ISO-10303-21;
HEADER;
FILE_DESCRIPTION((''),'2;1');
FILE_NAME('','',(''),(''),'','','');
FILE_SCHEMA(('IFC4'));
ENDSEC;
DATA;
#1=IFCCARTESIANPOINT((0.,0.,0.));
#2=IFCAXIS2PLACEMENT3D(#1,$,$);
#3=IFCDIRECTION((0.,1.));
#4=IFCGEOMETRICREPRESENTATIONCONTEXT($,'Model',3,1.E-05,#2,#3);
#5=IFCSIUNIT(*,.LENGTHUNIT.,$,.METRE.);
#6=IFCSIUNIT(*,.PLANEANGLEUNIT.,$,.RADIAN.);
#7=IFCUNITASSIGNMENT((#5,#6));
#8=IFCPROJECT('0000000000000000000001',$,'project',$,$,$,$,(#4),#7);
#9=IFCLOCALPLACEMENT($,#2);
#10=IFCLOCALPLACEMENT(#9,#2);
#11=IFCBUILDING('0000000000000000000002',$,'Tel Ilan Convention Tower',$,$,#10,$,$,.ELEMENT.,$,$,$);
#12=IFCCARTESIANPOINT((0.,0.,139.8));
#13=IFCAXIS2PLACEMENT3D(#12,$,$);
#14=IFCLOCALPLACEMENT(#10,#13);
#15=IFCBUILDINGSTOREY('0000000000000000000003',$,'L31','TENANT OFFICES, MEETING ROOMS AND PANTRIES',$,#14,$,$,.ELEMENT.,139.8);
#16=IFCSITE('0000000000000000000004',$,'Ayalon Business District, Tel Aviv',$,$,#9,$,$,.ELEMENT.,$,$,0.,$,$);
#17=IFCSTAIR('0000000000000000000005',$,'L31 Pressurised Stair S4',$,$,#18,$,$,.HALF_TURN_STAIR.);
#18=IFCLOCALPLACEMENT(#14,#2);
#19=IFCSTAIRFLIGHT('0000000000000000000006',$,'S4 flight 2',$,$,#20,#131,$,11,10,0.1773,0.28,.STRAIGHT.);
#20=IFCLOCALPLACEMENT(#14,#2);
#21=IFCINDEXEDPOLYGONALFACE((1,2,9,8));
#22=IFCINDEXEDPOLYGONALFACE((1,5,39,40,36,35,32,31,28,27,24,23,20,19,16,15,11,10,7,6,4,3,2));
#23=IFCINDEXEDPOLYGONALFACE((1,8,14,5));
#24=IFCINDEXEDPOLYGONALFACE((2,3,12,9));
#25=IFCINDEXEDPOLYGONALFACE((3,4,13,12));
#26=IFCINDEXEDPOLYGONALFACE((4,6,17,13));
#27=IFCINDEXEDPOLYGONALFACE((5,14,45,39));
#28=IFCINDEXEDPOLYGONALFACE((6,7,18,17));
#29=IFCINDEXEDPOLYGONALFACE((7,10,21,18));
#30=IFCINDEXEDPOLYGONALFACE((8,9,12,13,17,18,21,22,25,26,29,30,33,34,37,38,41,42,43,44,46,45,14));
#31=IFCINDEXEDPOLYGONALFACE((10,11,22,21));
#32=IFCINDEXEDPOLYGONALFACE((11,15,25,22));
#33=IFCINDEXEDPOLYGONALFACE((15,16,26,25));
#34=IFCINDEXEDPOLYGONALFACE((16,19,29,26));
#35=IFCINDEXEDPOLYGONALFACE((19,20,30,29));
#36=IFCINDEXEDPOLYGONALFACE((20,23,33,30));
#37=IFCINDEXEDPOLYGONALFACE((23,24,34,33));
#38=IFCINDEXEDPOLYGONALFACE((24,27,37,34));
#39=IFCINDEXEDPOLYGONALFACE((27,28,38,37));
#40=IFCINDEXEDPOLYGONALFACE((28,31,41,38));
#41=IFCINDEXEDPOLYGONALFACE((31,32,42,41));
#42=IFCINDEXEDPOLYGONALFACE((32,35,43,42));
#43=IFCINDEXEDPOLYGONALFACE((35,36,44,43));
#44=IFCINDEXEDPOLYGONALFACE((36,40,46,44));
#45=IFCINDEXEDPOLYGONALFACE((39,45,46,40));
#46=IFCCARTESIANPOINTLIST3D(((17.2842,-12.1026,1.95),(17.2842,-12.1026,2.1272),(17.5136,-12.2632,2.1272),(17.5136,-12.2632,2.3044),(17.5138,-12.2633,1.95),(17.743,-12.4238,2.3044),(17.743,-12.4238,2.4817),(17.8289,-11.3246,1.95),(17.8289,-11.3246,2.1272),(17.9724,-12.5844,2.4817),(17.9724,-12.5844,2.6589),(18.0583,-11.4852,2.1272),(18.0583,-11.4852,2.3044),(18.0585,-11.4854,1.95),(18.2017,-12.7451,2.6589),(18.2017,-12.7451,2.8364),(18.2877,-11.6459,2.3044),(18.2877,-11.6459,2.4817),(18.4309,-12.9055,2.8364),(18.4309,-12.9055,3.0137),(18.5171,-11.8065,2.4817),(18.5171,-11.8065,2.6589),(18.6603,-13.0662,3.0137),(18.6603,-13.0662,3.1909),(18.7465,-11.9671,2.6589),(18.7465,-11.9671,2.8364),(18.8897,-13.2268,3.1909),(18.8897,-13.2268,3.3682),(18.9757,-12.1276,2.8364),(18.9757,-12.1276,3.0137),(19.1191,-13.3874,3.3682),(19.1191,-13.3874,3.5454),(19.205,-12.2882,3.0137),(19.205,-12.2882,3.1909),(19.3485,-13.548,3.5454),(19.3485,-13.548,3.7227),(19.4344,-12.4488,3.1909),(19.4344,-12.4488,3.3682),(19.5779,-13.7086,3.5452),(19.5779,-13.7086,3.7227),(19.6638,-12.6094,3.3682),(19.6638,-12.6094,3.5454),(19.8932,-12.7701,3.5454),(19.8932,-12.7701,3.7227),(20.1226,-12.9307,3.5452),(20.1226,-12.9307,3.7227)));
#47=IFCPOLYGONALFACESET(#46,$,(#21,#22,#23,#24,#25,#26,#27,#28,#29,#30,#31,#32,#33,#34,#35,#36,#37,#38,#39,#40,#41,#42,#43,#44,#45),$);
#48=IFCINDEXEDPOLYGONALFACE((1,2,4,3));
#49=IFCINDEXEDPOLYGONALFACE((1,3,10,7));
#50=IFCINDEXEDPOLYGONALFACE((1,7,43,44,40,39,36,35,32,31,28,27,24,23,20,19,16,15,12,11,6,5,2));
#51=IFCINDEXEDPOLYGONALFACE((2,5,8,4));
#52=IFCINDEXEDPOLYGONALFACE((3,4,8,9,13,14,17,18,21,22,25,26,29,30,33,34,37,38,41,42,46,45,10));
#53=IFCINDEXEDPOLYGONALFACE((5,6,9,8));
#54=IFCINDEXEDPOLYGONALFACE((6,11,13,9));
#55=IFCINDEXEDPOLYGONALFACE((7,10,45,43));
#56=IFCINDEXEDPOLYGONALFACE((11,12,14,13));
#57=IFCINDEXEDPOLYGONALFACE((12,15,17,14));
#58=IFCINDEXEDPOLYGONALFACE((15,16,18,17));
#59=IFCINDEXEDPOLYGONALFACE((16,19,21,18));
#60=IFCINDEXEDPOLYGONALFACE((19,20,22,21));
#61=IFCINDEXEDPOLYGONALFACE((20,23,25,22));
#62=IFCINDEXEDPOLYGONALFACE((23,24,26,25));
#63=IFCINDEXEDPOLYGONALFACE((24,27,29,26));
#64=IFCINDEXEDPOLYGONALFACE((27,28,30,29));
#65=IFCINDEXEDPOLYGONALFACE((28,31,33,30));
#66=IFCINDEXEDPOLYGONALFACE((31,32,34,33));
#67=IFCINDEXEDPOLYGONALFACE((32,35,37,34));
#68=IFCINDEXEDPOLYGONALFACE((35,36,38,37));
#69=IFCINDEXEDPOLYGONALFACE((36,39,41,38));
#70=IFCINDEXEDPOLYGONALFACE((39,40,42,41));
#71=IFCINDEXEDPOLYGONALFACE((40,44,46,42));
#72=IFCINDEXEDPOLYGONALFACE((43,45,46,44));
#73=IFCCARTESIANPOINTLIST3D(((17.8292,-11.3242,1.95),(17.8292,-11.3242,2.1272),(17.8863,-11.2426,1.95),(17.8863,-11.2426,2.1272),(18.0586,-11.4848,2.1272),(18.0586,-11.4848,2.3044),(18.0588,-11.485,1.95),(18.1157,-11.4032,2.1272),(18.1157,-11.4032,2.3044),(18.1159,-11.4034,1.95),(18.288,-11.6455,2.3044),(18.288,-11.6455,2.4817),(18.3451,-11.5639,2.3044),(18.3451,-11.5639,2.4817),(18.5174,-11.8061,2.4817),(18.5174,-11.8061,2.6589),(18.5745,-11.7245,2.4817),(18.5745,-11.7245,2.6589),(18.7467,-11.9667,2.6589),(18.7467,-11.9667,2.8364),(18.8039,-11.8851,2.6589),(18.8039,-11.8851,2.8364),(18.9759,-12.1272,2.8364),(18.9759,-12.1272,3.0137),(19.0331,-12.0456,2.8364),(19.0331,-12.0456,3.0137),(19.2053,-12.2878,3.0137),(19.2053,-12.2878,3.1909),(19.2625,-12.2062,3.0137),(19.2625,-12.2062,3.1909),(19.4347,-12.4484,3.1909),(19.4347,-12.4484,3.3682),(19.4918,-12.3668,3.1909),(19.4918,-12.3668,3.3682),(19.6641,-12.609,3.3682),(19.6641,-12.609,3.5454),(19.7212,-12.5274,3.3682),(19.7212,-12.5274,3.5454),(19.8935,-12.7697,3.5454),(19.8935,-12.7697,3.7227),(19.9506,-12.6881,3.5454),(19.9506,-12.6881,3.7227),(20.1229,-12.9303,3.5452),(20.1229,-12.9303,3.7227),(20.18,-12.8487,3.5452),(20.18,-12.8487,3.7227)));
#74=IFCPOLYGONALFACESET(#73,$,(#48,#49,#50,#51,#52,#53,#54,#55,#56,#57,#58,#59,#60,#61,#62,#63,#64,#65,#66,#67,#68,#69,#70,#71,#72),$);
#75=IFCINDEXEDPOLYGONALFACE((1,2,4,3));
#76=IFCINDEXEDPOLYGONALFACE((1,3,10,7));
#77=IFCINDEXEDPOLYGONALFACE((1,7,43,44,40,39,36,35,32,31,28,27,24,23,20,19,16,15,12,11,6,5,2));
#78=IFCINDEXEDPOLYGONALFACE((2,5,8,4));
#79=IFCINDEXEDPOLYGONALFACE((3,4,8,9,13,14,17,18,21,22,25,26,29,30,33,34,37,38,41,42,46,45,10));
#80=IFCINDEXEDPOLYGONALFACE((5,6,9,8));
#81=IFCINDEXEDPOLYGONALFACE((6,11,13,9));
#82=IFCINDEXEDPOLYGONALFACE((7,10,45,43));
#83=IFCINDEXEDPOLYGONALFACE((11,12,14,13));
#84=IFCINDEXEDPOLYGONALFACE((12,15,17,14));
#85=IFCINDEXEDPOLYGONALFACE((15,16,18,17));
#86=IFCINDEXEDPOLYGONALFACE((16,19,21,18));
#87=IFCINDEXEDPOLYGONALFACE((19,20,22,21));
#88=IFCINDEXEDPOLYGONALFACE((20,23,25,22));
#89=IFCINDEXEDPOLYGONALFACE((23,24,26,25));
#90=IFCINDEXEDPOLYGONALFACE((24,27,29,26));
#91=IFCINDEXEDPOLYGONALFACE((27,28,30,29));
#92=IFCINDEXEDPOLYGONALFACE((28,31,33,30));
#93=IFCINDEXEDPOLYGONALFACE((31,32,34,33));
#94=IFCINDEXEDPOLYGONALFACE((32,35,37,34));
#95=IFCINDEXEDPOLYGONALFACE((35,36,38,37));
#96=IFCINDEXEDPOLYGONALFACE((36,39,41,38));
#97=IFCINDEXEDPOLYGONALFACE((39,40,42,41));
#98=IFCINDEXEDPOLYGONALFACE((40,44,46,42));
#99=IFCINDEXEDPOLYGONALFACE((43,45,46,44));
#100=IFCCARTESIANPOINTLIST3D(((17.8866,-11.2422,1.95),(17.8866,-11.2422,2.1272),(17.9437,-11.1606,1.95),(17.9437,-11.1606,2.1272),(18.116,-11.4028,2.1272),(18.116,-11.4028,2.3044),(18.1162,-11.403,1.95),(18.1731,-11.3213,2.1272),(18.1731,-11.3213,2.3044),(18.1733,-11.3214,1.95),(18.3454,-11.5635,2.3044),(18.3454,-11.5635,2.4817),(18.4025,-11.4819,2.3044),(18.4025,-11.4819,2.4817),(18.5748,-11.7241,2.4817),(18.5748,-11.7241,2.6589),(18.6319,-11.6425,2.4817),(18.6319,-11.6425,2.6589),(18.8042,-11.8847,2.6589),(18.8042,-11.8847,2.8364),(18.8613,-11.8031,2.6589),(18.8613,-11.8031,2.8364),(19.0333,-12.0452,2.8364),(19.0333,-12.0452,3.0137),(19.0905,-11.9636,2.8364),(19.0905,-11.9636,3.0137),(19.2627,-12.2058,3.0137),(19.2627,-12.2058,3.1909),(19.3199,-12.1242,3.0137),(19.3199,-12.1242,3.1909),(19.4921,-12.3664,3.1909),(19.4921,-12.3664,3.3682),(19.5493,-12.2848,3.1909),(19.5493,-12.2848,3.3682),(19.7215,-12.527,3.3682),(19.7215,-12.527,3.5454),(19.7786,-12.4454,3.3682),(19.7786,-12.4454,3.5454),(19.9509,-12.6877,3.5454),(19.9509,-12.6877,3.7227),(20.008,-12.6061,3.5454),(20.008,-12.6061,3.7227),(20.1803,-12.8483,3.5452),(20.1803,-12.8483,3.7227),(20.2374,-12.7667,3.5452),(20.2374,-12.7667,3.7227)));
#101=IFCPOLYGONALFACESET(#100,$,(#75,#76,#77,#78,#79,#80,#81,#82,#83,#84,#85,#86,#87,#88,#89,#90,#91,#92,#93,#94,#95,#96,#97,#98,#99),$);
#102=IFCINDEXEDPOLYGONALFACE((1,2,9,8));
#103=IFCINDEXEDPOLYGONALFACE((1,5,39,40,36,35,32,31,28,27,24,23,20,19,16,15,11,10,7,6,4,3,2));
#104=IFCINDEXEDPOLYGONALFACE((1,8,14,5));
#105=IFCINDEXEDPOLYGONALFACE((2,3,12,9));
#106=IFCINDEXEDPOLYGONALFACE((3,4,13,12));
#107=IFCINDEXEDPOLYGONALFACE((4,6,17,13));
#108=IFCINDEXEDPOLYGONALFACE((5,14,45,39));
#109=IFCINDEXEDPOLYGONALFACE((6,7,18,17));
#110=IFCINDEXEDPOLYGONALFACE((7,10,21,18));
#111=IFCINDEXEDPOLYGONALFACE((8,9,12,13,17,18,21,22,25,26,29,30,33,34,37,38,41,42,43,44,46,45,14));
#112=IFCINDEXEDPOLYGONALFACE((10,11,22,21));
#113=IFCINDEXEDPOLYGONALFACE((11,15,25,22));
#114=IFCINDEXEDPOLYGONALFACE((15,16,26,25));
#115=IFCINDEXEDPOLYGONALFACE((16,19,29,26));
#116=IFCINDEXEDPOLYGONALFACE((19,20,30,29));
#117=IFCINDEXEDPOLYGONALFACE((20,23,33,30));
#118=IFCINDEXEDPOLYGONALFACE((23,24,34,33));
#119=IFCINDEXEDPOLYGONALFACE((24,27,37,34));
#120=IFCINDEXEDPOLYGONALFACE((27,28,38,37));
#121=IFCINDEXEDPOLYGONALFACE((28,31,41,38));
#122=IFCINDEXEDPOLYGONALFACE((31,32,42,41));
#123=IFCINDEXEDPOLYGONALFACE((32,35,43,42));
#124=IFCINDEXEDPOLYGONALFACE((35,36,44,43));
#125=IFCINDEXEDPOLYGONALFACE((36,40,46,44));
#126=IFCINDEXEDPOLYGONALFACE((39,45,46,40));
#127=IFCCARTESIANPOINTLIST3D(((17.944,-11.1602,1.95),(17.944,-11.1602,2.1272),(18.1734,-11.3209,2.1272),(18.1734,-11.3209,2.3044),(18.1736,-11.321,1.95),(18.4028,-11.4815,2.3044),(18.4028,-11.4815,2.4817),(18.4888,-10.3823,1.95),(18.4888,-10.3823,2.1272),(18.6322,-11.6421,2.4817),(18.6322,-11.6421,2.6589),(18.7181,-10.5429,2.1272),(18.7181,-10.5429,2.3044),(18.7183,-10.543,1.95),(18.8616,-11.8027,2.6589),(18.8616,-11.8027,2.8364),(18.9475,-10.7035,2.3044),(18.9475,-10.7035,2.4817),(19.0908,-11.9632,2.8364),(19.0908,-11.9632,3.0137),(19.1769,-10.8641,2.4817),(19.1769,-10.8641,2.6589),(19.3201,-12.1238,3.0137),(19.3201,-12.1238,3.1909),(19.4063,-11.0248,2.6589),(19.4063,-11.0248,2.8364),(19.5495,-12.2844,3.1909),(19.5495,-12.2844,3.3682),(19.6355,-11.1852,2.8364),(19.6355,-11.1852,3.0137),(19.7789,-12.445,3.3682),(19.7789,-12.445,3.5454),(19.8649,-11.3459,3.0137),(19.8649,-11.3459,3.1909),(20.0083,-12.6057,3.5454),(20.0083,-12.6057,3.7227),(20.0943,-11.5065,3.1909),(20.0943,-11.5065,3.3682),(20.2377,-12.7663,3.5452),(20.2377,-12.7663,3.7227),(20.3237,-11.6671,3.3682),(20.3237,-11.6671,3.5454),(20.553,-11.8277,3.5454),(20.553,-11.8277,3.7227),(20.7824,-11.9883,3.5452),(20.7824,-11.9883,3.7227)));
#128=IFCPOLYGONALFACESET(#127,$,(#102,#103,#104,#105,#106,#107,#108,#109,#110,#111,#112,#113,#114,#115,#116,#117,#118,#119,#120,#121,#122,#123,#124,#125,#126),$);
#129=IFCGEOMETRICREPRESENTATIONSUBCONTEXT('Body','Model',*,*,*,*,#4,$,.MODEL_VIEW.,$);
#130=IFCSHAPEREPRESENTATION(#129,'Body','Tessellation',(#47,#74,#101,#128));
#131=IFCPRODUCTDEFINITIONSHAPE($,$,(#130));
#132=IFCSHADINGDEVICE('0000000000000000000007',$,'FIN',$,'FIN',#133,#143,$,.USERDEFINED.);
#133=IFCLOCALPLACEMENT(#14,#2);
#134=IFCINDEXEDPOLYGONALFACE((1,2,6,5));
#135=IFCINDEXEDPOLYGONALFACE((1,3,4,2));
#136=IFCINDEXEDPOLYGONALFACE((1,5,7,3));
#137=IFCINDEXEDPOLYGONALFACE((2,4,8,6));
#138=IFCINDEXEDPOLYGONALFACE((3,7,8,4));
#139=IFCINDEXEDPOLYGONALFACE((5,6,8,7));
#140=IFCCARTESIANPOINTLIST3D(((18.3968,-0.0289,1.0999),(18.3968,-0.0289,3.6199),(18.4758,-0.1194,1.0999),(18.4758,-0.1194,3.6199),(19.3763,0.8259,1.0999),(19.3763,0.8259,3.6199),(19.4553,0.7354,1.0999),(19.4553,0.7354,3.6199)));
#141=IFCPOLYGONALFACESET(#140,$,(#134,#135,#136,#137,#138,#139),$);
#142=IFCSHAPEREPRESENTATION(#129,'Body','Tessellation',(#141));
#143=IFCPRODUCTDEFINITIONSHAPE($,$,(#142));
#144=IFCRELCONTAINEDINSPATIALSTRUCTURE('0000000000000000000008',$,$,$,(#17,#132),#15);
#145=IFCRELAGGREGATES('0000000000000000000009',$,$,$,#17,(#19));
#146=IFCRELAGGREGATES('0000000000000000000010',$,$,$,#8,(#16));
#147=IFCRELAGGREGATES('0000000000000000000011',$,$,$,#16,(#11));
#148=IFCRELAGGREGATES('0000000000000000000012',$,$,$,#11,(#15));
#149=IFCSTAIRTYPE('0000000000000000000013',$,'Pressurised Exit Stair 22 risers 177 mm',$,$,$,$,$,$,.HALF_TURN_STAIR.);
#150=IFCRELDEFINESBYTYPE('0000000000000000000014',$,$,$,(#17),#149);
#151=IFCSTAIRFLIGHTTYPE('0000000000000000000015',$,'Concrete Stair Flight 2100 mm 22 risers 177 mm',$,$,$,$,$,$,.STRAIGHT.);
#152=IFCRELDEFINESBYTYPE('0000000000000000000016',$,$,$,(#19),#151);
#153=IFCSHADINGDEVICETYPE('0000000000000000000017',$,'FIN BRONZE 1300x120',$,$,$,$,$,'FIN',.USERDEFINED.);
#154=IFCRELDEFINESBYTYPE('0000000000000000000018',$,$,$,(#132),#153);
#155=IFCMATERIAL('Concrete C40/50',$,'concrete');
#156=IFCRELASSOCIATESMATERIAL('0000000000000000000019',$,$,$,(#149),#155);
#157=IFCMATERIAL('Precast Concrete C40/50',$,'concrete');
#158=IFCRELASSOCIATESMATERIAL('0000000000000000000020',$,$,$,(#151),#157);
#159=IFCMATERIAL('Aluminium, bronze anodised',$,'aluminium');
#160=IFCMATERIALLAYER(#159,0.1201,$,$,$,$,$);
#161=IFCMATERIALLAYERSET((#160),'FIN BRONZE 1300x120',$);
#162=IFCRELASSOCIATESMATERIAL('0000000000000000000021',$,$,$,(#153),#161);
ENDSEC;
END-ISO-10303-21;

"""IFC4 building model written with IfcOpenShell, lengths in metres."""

from ifc_helpers import new_model, si_unit, direction, frame, origin, origin_2d, place, context, subcontext, project, spatial, polyline, rectangle, outline, extrude, material, layer, layer_set, type_object, element, aggregate, save


model = new_model("IFC4")

# Units and contexts
model_context = context("Model", 3, precision=1e-05, world=origin(), true_north=direction((0.0, 1.0)))
body_context = subcontext(model_context, "Body", "Model", "MODEL_VIEW")
ifc_project = project(units=[si_unit("LENGTHUNIT", "METRE"), si_unit("PLANEANGLEUNIT", "RADIAN")], contexts=[model_context])

# Site, building, storey
site_placement = place(None, origin())
site = spatial("IfcSite", under=ifc_project, at=site_placement, Name="Ayalon Business District, Tel Aviv", CompositionType="ELEMENT", RefElevation=0.0)
building_placement = place(site_placement, origin())
building = spatial("IfcBuilding", under=site, at=building_placement, Name="Tel Ilan Convention Tower", CompositionType="ELEMENT")
storey_placement = place(building_placement, frame((0.0, 0.0, 139.8)))
storey = spatial("IfcBuildingStorey", under=building, at=storey_placement, Name="L31", Description="TENANT OFFICES, MEETING ROOMS AND PANTRIES", CompositionType="ELEMENT", Elevation=139.8)

# Shared definitions
ifc_material_1 = material(Name="Concrete C40/50", Category="concrete")
stair_type = type_object("IfcStairType", Name="Pressurised Exit Stair 22 risers 177 mm", PredefinedType="HALF_TURN_STAIR", material=ifc_material_1)
ifc_material_2 = material(Name="Precast Concrete C40/50", Category="concrete")
stair_flight_type = type_object("IfcStairFlightType", Name="Concrete Stair Flight 2100 mm 22 risers 177 mm", PredefinedType="STRAIGHT", material=ifc_material_2)

# Stair, stair flight
stair_1_placement = place(storey_placement, origin())
stair_1 = element("IfcStair", 1, at=stair_1_placement, inside=storey, type_object=stair_type, Name="L31 Pressurised Stair S4", PredefinedType="HALF_TURN_STAIR")
stair_flight_1_placement = place(storey_placement, frame((17.8865, -11.2424, 1.95), z_axis=(0.0, 0.0, 1.0), x_axis=(0.819152, -0.573576, 0.0)))
stair_flight_1 = element("IfcStairFlight", 2, at=stair_flight_1_placement, type_object=stair_flight_type, Name="S4 flight 2", NumberOfRisers=11, NumberOfTreads=10, PredefinedType="STRAIGHT", RiserHeight=0.1773, TreadLength=0.28, context=body_context, shape_type="SweptSolid", body=[
    extrude(outline(polyline([(0.0, 0.0), (0.0, 0.1772), (0.28, 0.1772), (0.28, 0.3545), (0.5601, 0.3545), (0.5601, 0.5317), (0.8401, 0.5317), (0.8401, 0.709), (1.1201, 0.709), (1.1201, 0.8865), (1.3999, 0.8865), (1.3999, 1.0637), (1.6799, 1.0637), (1.6799, 1.241), (1.96, 1.241), (1.96, 1.4182), (2.24, 1.4182), (2.24, 1.5955), (2.52, 1.5955), (2.52, 1.7727), (2.8, 1.7727), (2.8, 1.95), (2.8, 1.5952), (0.2803, 0.0), (0.0, 0.0)])), frame((0.0, -0.1003, 0.0), z_axis=(0.0, -1.0, 0.0), x_axis=(1.0, 0.0, 0.0)), (0.0, 0.0, 1.0), 0.9497),
    extrude(outline(polyline([(0.0, 0.0), (0.0, 0.1772), (0.28, 0.1772), (0.28, 0.3545), (0.5601, 0.3545), (0.5601, 0.5317), (0.8401, 0.5317), (0.8401, 0.709), (1.1201, 0.709), (1.1201, 0.8865), (1.3999, 0.8865), (1.3999, 1.0637), (1.6799, 1.0637), (1.6799, 1.241), (1.96, 1.241), (1.96, 1.4182), (2.24, 1.4182), (2.24, 1.5955), (2.52, 1.5955), (2.52, 1.7727), (2.8, 1.7727), (2.8, 1.95), (2.8, 1.5952), (0.2803, 0.0), (0.0, 0.0)])), frame((0.0, -0.0002, 0.0), z_axis=(0.0, -1.0, 0.0), x_axis=(1.0, 0.0, 0.0)), (0.0, 0.0, 1.0), 0.0996),
    extrude(outline(polyline([(0.0, 0.0), (0.0, 0.1772), (0.28, 0.1772), (0.28, 0.3545), (0.5601, 0.3545), (0.5601, 0.5317), (0.8401, 0.5317), (0.8401, 0.709), (1.1201, 0.709), (1.1201, 0.8865), (1.3999, 0.8865), (1.3999, 1.0637), (1.6799, 1.0637), (1.6799, 1.241), (1.96, 1.241), (1.96, 1.4182), (2.24, 1.4182), (2.24, 1.5955), (2.52, 1.5955), (2.52, 1.7727), (2.8, 1.7727), (2.8, 1.95), (2.8, 1.5952), (0.2803, 0.0), (0.0, 0.0)])), frame((0.0, 0.0999, 0.0), z_axis=(0.0, -1.0, 0.0), x_axis=(1.0, 0.0, 0.0)), (0.0, 0.0, 1.0), 0.0996),
    extrude(outline(polyline([(0.0, 0.0), (0.0, 0.1772), (0.28, 0.1772), (0.28, 0.3545), (0.5601, 0.3545), (0.5601, 0.5317), (0.8401, 0.5317), (0.8401, 0.709), (1.1201, 0.709), (1.1201, 0.8865), (1.3999, 0.8865), (1.3999, 1.0637), (1.6799, 1.0637), (1.6799, 1.241), (1.96, 1.241), (1.96, 1.4182), (2.24, 1.4182), (2.24, 1.5955), (2.52, 1.5955), (2.52, 1.7727), (2.8, 1.7727), (2.8, 1.95), (2.8, 1.5952), (0.2803, 0.0), (0.0, 0.0)])), frame((0.0, 1.05, 0.0), z_axis=(0.0, -1.0, 0.0), x_axis=(1.0, 0.0, 0.0)), (0.0, 0.0, 1.0), 0.9497),
])
aggregate(stair_1, [stair_flight_1])

# Shading device
ifc_material_3 = material(Name="Aluminium, bronze anodised", Category="aluminium")
ifc_layer_1 = layer(ifc_material_3, 0.1201)
ifc_layer_set_1 = layer_set([ifc_layer_1], Name="FIN BRONZE 1300x120")
shading_device_type = type_object("IfcShadingDeviceType", Name="FIN BRONZE 1300x120", ElementType="FIN", PredefinedType="USERDEFINED", material=ifc_layer_set_1)
shading_device_placement = place(storey_placement, frame((18.926, 0.3533, 1.0999), z_axis=(0.0, 0.0, 1.0), x_axis=(0.753436, 0.657521, 0.0)))
element("IfcShadingDevice", 3, at=shading_device_placement, inside=storey, type_object=shading_device_type, Name="FIN", ObjectType="FIN", PredefinedType="USERDEFINED", context=body_context, shape_type="SweptSolid", body=[
    extrude(rectangle(XDim=1.3, YDim=0.1201, at=origin_2d()), origin(), (0.0, 0.0, 1.0), 2.52),
])

save(model, "model.ifc")
